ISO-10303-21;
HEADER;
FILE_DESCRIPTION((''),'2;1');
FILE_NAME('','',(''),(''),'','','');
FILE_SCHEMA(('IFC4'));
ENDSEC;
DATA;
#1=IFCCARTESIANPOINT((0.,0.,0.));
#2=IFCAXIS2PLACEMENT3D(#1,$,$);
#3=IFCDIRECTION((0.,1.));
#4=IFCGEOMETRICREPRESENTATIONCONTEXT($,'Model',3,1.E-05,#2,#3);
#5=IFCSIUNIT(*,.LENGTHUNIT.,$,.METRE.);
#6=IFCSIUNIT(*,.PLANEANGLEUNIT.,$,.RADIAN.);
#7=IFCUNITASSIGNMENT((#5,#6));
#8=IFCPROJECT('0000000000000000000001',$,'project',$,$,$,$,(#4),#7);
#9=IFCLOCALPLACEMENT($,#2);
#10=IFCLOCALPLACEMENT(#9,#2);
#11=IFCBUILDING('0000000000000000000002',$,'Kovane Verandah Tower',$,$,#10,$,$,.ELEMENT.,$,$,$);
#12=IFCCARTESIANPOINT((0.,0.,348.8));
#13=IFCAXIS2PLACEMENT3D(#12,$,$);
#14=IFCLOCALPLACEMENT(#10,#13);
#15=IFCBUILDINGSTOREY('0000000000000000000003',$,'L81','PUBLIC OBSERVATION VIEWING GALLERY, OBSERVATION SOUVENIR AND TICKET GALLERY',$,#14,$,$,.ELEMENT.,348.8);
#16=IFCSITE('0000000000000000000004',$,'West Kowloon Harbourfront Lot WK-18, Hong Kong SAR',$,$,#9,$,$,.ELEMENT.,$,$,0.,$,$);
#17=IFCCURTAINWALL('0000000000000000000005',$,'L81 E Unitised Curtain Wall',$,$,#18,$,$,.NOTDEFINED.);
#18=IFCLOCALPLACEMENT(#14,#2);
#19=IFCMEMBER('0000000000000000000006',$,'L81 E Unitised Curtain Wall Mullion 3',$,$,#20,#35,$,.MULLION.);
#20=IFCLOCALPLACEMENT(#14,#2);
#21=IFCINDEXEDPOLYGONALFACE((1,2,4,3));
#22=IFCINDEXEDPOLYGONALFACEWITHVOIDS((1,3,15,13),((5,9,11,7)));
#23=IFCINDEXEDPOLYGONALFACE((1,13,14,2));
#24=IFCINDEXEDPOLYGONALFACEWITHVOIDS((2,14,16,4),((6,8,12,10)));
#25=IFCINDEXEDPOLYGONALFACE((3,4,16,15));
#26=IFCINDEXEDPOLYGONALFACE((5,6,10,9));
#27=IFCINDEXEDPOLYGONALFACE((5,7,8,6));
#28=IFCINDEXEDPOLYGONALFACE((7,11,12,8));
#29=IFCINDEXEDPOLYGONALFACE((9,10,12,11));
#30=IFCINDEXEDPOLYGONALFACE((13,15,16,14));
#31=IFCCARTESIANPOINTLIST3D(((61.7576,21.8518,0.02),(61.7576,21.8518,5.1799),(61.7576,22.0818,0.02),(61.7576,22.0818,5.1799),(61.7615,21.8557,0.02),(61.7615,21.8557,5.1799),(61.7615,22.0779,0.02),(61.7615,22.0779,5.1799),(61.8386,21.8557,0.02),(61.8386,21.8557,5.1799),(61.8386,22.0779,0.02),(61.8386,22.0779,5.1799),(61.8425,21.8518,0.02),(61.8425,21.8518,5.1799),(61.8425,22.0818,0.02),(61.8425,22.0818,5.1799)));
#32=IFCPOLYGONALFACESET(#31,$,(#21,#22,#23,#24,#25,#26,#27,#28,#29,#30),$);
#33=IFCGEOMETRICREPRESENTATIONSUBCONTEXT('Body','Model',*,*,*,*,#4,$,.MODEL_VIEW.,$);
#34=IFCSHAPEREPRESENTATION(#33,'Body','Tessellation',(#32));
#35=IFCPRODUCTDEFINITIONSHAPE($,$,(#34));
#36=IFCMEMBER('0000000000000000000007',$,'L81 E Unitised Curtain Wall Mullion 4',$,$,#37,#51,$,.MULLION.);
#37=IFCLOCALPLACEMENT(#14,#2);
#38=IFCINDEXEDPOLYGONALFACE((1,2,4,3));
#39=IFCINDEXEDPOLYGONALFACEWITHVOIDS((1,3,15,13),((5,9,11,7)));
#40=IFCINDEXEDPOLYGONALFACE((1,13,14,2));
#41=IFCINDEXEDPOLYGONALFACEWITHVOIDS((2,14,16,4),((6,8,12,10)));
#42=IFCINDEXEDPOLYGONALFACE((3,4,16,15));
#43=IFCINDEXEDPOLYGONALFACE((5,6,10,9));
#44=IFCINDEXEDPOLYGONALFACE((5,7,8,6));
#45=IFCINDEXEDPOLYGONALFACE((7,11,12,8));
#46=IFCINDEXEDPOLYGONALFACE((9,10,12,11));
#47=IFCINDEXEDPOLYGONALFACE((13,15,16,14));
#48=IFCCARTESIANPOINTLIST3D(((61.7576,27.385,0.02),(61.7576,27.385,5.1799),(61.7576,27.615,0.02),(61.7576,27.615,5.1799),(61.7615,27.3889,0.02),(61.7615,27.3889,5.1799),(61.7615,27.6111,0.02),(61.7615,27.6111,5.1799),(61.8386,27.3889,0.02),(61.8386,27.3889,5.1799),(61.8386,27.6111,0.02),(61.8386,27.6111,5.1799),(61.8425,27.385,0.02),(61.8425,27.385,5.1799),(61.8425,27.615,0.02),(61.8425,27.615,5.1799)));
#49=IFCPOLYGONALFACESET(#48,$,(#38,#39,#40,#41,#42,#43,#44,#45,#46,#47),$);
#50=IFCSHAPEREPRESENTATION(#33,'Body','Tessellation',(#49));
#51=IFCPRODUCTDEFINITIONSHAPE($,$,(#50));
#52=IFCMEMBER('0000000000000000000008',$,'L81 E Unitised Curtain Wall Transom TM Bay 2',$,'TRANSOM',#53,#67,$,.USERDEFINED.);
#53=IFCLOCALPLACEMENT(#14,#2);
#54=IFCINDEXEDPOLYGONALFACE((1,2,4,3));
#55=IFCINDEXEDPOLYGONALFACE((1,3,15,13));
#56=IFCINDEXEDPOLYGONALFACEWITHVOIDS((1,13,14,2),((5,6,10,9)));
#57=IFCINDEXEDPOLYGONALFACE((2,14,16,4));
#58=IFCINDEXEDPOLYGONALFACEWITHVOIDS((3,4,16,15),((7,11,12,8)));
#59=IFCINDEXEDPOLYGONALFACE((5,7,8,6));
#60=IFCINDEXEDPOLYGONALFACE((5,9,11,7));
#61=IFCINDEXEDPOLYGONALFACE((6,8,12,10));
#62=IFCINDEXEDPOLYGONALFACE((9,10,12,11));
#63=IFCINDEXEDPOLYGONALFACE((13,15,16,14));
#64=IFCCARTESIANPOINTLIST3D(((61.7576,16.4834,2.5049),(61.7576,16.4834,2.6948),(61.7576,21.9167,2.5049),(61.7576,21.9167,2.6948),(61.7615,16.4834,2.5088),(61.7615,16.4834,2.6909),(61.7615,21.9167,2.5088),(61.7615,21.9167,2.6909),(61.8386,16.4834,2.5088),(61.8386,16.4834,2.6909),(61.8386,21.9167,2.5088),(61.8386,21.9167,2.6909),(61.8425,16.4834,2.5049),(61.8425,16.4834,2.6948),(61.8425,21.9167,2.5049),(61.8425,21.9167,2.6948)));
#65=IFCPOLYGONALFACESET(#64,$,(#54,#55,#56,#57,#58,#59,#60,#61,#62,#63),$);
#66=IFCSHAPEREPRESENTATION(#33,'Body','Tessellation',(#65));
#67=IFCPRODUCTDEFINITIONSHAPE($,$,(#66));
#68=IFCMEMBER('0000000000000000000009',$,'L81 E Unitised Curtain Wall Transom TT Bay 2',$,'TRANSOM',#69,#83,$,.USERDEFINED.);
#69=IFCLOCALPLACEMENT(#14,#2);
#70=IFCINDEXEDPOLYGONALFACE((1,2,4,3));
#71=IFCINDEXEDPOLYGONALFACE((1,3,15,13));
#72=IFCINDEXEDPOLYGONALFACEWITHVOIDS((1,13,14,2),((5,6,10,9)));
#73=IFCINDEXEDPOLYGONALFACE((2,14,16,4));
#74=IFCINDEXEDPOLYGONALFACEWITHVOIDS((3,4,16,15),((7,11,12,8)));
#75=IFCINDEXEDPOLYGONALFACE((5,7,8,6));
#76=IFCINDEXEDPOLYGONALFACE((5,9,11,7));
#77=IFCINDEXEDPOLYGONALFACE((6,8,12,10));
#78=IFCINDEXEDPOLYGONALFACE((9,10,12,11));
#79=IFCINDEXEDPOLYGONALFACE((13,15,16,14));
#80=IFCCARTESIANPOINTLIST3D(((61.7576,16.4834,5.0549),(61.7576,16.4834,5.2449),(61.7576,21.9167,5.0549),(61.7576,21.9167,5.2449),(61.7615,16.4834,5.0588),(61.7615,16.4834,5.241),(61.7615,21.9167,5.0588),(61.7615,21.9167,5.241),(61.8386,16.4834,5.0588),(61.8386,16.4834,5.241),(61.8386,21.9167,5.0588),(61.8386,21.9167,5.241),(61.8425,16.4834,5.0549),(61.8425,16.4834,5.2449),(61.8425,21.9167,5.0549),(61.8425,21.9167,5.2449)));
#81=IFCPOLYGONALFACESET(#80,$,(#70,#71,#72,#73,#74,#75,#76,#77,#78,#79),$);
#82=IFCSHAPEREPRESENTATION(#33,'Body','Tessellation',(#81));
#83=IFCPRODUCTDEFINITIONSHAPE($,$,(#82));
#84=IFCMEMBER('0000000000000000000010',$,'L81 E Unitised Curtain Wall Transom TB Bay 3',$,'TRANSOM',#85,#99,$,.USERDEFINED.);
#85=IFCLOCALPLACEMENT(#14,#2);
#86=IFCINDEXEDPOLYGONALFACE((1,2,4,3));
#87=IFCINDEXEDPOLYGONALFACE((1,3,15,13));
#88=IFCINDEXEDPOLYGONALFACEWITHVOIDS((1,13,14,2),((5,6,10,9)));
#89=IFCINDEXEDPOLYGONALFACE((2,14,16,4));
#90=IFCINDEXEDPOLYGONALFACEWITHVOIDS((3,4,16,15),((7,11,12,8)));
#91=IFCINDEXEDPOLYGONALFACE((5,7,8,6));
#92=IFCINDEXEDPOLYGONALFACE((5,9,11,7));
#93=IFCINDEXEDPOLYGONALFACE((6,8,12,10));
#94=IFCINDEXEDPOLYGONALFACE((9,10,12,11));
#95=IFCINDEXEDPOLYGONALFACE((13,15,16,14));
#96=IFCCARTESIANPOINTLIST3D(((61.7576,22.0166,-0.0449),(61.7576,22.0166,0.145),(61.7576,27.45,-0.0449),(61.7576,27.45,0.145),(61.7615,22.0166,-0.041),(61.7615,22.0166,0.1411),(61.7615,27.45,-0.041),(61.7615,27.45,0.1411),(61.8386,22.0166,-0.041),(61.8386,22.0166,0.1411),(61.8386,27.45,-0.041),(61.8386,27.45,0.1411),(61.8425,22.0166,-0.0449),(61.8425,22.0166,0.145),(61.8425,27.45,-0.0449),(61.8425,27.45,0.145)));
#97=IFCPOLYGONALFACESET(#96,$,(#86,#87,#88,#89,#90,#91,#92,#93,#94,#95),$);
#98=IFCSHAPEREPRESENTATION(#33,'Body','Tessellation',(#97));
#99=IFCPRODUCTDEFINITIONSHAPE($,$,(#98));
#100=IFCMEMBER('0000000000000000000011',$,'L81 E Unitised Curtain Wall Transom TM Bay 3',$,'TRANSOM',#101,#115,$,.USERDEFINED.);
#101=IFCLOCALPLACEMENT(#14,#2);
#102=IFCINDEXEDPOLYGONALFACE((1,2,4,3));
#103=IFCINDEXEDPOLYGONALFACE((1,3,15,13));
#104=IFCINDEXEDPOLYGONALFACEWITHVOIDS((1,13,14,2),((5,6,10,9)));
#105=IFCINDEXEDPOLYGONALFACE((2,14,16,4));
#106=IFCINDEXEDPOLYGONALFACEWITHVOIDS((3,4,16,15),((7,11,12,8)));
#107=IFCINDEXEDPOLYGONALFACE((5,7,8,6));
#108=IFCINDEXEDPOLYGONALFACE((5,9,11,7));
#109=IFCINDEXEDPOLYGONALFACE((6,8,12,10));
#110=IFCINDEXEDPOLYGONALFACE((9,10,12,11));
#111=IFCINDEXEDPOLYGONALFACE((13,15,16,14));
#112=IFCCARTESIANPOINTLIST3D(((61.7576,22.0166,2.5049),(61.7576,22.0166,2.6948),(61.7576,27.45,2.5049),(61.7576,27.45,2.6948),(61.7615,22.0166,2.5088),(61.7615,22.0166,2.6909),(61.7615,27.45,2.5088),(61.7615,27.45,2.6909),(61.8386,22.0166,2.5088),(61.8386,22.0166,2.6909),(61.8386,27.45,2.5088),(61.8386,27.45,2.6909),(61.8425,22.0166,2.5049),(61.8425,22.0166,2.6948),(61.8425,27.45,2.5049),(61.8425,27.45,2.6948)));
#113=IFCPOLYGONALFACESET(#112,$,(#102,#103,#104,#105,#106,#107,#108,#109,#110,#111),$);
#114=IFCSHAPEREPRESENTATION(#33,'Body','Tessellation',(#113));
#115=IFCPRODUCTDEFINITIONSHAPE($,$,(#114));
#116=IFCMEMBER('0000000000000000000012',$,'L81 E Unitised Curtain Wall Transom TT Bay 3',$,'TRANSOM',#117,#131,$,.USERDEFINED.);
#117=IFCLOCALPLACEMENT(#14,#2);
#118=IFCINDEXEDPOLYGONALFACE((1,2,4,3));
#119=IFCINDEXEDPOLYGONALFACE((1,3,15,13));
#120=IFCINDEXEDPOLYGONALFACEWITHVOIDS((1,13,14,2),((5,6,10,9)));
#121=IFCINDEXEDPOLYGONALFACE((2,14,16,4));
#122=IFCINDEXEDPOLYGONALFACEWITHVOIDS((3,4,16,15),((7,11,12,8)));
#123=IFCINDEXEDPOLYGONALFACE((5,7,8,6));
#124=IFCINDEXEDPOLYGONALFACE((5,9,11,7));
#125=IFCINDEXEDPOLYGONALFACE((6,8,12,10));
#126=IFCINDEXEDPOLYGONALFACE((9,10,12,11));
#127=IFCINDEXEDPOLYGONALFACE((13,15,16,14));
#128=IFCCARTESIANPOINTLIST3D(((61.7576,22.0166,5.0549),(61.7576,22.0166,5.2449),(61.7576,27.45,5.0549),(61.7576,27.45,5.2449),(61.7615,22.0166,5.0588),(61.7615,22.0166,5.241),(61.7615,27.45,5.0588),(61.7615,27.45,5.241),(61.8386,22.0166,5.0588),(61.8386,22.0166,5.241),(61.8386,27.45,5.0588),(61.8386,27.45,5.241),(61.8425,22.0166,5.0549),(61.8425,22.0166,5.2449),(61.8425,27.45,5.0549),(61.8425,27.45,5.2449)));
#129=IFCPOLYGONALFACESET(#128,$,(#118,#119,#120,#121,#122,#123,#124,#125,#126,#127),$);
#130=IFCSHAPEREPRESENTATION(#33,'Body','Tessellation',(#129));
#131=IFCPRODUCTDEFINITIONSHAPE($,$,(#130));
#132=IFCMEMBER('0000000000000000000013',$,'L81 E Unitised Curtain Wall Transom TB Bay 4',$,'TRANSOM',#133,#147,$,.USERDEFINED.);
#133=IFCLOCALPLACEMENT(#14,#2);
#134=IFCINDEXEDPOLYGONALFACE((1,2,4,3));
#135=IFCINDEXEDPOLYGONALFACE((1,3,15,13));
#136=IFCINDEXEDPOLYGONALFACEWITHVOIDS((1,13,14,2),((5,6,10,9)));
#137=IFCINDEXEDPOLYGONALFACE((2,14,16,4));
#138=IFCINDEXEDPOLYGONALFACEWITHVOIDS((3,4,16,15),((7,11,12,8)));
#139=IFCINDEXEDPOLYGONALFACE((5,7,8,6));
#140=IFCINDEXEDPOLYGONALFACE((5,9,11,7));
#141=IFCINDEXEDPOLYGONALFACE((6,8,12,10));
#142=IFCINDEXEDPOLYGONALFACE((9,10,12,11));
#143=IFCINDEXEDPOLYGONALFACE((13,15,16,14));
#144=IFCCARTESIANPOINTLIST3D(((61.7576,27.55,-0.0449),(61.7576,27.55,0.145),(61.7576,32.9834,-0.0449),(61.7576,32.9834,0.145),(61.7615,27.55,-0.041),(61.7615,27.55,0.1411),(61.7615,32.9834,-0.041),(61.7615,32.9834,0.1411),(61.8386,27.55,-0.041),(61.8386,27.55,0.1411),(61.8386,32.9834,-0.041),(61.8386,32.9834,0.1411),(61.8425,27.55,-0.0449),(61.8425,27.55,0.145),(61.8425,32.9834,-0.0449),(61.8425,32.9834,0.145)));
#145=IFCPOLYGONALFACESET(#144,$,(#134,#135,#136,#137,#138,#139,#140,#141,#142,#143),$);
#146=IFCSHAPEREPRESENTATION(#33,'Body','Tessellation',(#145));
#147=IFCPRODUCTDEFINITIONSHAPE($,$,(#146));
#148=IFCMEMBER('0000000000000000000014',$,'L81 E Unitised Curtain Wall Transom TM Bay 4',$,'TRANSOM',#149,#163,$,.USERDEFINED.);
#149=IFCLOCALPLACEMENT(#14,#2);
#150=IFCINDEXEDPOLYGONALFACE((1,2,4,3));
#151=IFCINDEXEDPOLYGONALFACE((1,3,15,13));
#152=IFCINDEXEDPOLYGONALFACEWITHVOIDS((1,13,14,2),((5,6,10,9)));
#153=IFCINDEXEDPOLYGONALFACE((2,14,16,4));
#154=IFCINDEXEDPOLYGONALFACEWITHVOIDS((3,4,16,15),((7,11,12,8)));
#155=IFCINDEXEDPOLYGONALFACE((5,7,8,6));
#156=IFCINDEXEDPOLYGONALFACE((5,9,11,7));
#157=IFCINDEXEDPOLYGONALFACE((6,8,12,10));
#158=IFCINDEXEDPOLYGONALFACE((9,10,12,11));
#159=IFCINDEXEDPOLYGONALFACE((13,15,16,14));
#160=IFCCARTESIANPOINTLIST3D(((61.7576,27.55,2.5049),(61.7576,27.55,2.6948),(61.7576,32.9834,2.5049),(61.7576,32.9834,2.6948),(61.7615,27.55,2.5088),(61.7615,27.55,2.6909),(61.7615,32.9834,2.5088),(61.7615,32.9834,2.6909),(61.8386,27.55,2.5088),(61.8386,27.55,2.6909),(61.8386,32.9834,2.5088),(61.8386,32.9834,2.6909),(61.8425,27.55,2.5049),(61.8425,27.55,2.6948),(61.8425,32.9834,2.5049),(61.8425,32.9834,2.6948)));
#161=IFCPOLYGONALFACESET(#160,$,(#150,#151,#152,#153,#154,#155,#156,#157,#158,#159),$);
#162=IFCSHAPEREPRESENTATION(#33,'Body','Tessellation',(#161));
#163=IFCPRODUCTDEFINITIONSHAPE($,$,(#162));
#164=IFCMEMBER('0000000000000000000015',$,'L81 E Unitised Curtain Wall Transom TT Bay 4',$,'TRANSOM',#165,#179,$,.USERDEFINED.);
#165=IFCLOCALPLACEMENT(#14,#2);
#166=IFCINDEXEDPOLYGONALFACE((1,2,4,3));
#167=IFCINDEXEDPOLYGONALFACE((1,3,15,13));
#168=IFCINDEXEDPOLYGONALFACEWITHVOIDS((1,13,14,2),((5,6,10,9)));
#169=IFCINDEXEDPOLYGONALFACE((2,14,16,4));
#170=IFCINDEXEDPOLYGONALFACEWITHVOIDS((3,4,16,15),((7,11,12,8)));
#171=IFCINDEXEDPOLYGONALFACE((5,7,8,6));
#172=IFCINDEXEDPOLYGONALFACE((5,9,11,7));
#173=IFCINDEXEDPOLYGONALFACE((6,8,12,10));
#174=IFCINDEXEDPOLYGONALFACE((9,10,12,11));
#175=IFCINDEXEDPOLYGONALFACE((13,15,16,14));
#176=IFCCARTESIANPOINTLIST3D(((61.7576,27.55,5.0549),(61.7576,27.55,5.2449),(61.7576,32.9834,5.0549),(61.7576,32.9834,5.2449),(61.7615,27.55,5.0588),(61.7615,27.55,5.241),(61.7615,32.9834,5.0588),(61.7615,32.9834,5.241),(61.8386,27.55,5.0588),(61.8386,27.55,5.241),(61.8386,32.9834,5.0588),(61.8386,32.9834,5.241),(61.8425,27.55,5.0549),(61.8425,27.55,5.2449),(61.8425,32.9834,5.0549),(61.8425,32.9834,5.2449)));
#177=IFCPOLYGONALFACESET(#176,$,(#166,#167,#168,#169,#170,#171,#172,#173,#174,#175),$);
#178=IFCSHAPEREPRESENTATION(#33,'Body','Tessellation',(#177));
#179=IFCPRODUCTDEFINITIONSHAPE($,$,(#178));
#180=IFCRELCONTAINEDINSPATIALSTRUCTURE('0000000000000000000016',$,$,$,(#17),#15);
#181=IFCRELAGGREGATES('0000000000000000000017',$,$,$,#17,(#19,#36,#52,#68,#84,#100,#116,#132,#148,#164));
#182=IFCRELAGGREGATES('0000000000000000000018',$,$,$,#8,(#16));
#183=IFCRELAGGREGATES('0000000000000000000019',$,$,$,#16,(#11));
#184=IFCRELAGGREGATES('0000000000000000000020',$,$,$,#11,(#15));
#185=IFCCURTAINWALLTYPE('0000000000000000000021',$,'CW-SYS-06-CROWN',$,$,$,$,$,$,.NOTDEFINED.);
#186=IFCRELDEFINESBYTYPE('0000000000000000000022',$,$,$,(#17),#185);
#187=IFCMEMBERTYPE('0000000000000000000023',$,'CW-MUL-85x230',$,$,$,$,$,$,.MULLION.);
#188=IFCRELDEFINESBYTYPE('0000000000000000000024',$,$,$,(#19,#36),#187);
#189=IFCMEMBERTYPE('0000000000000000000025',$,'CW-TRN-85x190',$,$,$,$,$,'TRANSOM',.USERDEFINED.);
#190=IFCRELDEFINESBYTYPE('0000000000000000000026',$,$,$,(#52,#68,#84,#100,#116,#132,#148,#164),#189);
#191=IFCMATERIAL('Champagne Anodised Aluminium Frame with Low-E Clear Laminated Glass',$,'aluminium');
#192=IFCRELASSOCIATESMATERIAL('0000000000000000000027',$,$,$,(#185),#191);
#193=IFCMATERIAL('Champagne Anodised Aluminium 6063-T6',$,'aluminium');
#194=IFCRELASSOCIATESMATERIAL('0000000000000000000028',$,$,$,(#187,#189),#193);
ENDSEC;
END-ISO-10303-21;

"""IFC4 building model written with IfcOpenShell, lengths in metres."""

from ifc_helpers import new_model, si_unit, direction, frame, origin, origin_2d, place, context, subcontext, project, spatial, hollow_rectangle, extrude, material, material_profile, profile_set, type_object, element, aggregate, save


model = new_model("IFC4")

# Units and contexts
model_context = context("Model", 3, precision=1e-05, world=origin(), true_north=direction((0.0, 1.0)))
body_context = subcontext(model_context, "Body", "Model", "MODEL_VIEW")
ifc_project = project(units=[si_unit("LENGTHUNIT", "METRE"), si_unit("PLANEANGLEUNIT", "RADIAN")], contexts=[model_context])

# Site, building, storey
site_placement = place(None, origin())
site = spatial("IfcSite", under=ifc_project, at=site_placement, Name="West Kowloon Harbourfront Lot WK-18, Hong Kong SAR", CompositionType="ELEMENT", RefElevation=0.0)
building_placement = place(site_placement, origin())
building = spatial("IfcBuilding", under=site, at=building_placement, Name="Kovane Verandah Tower", CompositionType="ELEMENT")
storey_placement = place(building_placement, frame((0.0, 0.0, 348.8)))
storey = spatial("IfcBuildingStorey", under=building, at=storey_placement, Name="L81", Description="PUBLIC OBSERVATION VIEWING GALLERY, OBSERVATION SOUVENIR AND TICKET GALLERY", CompositionType="ELEMENT", Elevation=348.8)

# Curtain wall, members
ifc_material_1 = material(Name="Champagne Anodised Aluminium Frame with Low-E Clear Laminated Glass", Category="aluminium")
curtain_wall_type = type_object("IfcCurtainWallType", Name="CW-SYS-06-CROWN", PredefinedType="NOTDEFINED", material=ifc_material_1)
curtain_wall_placement = place(storey_placement, origin())
curtain_wall = element("IfcCurtainWall", 1, at=curtain_wall_placement, inside=storey, type_object=curtain_wall_type, Name="L81 E Unitised Curtain Wall", PredefinedType="NOTDEFINED")
ifc_material_2 = material(Name="Champagne Anodised Aluminium 6063-T6", Category="aluminium")
ifc_material_profile_1 = material_profile(ifc_material_2, hollow_rectangle(XDim=0.085, YDim=0.23, WallThickness=0.0039, at=origin_2d()), Name="AL85x230x4")
ifc_profile_set_1 = profile_set([ifc_material_profile_1], Name="Champagne Anodised Aluminium 6063-T6")
member_type_1 = type_object("IfcMemberType", Name="CW-MUL-85x230", PredefinedType="MULLION", material=ifc_profile_set_1)
member_1_placement = place(storey_placement, frame((61.8, 21.9668, 0.02), z_axis=(0.0, 0.0, 1.0), x_axis=(1.0, 0.0, 0.0)))
member_1 = element("IfcMember", 2, at=member_1_placement, type_object=member_type_1, Name="L81 E Unitised Curtain Wall Mullion 3", PredefinedType="MULLION", context=body_context, shape_type="SweptSolid", body=[
    extrude(hollow_rectangle(XDim=0.085, YDim=0.23, WallThickness=0.0039, at=origin_2d()), origin(), (0.0, 0.0, 1.0), 5.1599),
])
member_2_placement = place(storey_placement, frame((61.8, 27.5, 0.02), z_axis=(0.0, 0.0, 1.0), x_axis=(1.0, 0.0, 0.0)))
member_2 = element("IfcMember", 3, at=member_2_placement, type_object=member_type_1, Name="L81 E Unitised Curtain Wall Mullion 4", PredefinedType="MULLION", context=body_context, shape_type="SweptSolid", body=[
    extrude(hollow_rectangle(XDim=0.085, YDim=0.23, WallThickness=0.0039, at=origin_2d()), origin(), (0.0, 0.0, 1.0), 5.1599),
])
ifc_material_profile_2 = material_profile(ifc_material_2, hollow_rectangle(XDim=0.085, YDim=0.1899, WallThickness=0.0039, at=origin_2d()), Name="AL85x190x4")
ifc_profile_set_2 = profile_set([ifc_material_profile_2], Name="Champagne Anodised Aluminium 6063-T6")
member_type_2 = type_object("IfcMemberType", Name="CW-TRN-85x190", ElementType="TRANSOM", PredefinedType="USERDEFINED", material=ifc_profile_set_2)
member_3_placement = place(storey_placement, frame((61.8, 16.4834, 2.5999), z_axis=(0.0, 1.0, 0.0), x_axis=(-1.0, 0.0, 0.0)))
member_3 = element("IfcMember", 4, at=member_3_placement, type_object=member_type_2, Name="L81 E Unitised Curtain Wall Transom TM Bay 2", ObjectType="TRANSOM", PredefinedType="USERDEFINED", context=body_context, shape_type="SweptSolid", body=[
    extrude(hollow_rectangle(XDim=0.085, YDim=0.1899, WallThickness=0.0039, at=origin_2d()), origin(), (0.0, 0.0, 1.0), 5.4333),
])
member_4_placement = place(storey_placement, frame((61.8, 16.4834, 5.1499), z_axis=(0.0, 1.0, 0.0), x_axis=(-1.0, 0.0, 0.0)))
member_4 = element("IfcMember", 5, at=member_4_placement, type_object=member_type_2, Name="L81 E Unitised Curtain Wall Transom TT Bay 2", ObjectType="TRANSOM", PredefinedType="USERDEFINED", context=body_context, shape_type="SweptSolid", body=[
    extrude(hollow_rectangle(XDim=0.085, YDim=0.1899, WallThickness=0.0039, at=origin_2d()), origin(), (0.0, 0.0, 1.0), 5.4333),
])
member_5_placement = place(storey_placement, frame((61.8, 22.0166, 0.05), z_axis=(0.0, 1.0, 0.0), x_axis=(-1.0, 0.0, 0.0)))
member_5 = element("IfcMember", 6, at=member_5_placement, type_object=member_type_2, Name="L81 E Unitised Curtain Wall Transom TB Bay 3", ObjectType="TRANSOM", PredefinedType="USERDEFINED", context=body_context, shape_type="SweptSolid", body=[
    extrude(hollow_rectangle(XDim=0.085, YDim=0.1899, WallThickness=0.0039, at=origin_2d()), origin(), (0.0, 0.0, 1.0), 5.4333),
])
member_6_placement = place(storey_placement, frame((61.8, 22.0166, 2.5999), z_axis=(0.0, 1.0, 0.0), x_axis=(-1.0, 0.0, 0.0)))
member_6 = element("IfcMember", 7, at=member_6_placement, type_object=member_type_2, Name="L81 E Unitised Curtain Wall Transom TM Bay 3", ObjectType="TRANSOM", PredefinedType="USERDEFINED", context=body_context, shape_type="SweptSolid", body=[
    extrude(hollow_rectangle(XDim=0.085, YDim=0.1899, WallThickness=0.0039, at=origin_2d()), origin(), (0.0, 0.0, 1.0), 5.4333),
])
member_7_placement = place(storey_placement, frame((61.8, 22.0166, 5.1499), z_axis=(0.0, 1.0, 0.0), x_axis=(-1.0, 0.0, 0.0)))
member_7 = element("IfcMember", 8, at=member_7_placement, type_object=member_type_2, Name="L81 E Unitised Curtain Wall Transom TT Bay 3", ObjectType="TRANSOM", PredefinedType="USERDEFINED", context=body_context, shape_type="SweptSolid", body=[
    extrude(hollow_rectangle(XDim=0.085, YDim=0.1899, WallThickness=0.0039, at=origin_2d()), origin(), (0.0, 0.0, 1.0), 5.4333),
])
member_8_placement = place(storey_placement, frame((61.8, 27.55, 0.05), z_axis=(0.0, 1.0, 0.0), x_axis=(-1.0, 0.0, 0.0)))
member_8 = element("IfcMember", 9, at=member_8_placement, type_object=member_type_2, Name="L81 E Unitised Curtain Wall Transom TB Bay 4", ObjectType="TRANSOM", PredefinedType="USERDEFINED", context=body_context, shape_type="SweptSolid", body=[
    extrude(hollow_rectangle(XDim=0.085, YDim=0.1899, WallThickness=0.0039, at=origin_2d()), origin(), (0.0, 0.0, 1.0), 5.4333),
])
member_9_placement = place(storey_placement, frame((61.8, 27.55, 2.5999), z_axis=(0.0, 1.0, 0.0), x_axis=(-1.0, 0.0, 0.0)))
member_9 = element("IfcMember", 10, at=member_9_placement, type_object=member_type_2, Name="L81 E Unitised Curtain Wall Transom TM Bay 4", ObjectType="TRANSOM", PredefinedType="USERDEFINED", context=body_context, shape_type="SweptSolid", body=[
    extrude(hollow_rectangle(XDim=0.085, YDim=0.1899, WallThickness=0.0039, at=origin_2d()), origin(), (0.0, 0.0, 1.0), 5.4333),
])
member_10_placement = place(storey_placement, frame((61.8, 27.55, 5.1499), z_axis=(0.0, 1.0, 0.0), x_axis=(-1.0, 0.0, 0.0)))
member_10 = element("IfcMember", 11, at=member_10_placement, type_object=member_type_2, Name="L81 E Unitised Curtain Wall Transom TT Bay 4", ObjectType="TRANSOM", PredefinedType="USERDEFINED", context=body_context, shape_type="SweptSolid", body=[
    extrude(hollow_rectangle(XDim=0.085, YDim=0.1899, WallThickness=0.0039, at=origin_2d()), origin(), (0.0, 0.0, 1.0), 5.4333),
])

aggregate(curtain_wall, [member_1, member_2, member_3, member_4, member_5, member_6, member_7, member_8, member_9, member_10])

save(model, "model.ifc")
